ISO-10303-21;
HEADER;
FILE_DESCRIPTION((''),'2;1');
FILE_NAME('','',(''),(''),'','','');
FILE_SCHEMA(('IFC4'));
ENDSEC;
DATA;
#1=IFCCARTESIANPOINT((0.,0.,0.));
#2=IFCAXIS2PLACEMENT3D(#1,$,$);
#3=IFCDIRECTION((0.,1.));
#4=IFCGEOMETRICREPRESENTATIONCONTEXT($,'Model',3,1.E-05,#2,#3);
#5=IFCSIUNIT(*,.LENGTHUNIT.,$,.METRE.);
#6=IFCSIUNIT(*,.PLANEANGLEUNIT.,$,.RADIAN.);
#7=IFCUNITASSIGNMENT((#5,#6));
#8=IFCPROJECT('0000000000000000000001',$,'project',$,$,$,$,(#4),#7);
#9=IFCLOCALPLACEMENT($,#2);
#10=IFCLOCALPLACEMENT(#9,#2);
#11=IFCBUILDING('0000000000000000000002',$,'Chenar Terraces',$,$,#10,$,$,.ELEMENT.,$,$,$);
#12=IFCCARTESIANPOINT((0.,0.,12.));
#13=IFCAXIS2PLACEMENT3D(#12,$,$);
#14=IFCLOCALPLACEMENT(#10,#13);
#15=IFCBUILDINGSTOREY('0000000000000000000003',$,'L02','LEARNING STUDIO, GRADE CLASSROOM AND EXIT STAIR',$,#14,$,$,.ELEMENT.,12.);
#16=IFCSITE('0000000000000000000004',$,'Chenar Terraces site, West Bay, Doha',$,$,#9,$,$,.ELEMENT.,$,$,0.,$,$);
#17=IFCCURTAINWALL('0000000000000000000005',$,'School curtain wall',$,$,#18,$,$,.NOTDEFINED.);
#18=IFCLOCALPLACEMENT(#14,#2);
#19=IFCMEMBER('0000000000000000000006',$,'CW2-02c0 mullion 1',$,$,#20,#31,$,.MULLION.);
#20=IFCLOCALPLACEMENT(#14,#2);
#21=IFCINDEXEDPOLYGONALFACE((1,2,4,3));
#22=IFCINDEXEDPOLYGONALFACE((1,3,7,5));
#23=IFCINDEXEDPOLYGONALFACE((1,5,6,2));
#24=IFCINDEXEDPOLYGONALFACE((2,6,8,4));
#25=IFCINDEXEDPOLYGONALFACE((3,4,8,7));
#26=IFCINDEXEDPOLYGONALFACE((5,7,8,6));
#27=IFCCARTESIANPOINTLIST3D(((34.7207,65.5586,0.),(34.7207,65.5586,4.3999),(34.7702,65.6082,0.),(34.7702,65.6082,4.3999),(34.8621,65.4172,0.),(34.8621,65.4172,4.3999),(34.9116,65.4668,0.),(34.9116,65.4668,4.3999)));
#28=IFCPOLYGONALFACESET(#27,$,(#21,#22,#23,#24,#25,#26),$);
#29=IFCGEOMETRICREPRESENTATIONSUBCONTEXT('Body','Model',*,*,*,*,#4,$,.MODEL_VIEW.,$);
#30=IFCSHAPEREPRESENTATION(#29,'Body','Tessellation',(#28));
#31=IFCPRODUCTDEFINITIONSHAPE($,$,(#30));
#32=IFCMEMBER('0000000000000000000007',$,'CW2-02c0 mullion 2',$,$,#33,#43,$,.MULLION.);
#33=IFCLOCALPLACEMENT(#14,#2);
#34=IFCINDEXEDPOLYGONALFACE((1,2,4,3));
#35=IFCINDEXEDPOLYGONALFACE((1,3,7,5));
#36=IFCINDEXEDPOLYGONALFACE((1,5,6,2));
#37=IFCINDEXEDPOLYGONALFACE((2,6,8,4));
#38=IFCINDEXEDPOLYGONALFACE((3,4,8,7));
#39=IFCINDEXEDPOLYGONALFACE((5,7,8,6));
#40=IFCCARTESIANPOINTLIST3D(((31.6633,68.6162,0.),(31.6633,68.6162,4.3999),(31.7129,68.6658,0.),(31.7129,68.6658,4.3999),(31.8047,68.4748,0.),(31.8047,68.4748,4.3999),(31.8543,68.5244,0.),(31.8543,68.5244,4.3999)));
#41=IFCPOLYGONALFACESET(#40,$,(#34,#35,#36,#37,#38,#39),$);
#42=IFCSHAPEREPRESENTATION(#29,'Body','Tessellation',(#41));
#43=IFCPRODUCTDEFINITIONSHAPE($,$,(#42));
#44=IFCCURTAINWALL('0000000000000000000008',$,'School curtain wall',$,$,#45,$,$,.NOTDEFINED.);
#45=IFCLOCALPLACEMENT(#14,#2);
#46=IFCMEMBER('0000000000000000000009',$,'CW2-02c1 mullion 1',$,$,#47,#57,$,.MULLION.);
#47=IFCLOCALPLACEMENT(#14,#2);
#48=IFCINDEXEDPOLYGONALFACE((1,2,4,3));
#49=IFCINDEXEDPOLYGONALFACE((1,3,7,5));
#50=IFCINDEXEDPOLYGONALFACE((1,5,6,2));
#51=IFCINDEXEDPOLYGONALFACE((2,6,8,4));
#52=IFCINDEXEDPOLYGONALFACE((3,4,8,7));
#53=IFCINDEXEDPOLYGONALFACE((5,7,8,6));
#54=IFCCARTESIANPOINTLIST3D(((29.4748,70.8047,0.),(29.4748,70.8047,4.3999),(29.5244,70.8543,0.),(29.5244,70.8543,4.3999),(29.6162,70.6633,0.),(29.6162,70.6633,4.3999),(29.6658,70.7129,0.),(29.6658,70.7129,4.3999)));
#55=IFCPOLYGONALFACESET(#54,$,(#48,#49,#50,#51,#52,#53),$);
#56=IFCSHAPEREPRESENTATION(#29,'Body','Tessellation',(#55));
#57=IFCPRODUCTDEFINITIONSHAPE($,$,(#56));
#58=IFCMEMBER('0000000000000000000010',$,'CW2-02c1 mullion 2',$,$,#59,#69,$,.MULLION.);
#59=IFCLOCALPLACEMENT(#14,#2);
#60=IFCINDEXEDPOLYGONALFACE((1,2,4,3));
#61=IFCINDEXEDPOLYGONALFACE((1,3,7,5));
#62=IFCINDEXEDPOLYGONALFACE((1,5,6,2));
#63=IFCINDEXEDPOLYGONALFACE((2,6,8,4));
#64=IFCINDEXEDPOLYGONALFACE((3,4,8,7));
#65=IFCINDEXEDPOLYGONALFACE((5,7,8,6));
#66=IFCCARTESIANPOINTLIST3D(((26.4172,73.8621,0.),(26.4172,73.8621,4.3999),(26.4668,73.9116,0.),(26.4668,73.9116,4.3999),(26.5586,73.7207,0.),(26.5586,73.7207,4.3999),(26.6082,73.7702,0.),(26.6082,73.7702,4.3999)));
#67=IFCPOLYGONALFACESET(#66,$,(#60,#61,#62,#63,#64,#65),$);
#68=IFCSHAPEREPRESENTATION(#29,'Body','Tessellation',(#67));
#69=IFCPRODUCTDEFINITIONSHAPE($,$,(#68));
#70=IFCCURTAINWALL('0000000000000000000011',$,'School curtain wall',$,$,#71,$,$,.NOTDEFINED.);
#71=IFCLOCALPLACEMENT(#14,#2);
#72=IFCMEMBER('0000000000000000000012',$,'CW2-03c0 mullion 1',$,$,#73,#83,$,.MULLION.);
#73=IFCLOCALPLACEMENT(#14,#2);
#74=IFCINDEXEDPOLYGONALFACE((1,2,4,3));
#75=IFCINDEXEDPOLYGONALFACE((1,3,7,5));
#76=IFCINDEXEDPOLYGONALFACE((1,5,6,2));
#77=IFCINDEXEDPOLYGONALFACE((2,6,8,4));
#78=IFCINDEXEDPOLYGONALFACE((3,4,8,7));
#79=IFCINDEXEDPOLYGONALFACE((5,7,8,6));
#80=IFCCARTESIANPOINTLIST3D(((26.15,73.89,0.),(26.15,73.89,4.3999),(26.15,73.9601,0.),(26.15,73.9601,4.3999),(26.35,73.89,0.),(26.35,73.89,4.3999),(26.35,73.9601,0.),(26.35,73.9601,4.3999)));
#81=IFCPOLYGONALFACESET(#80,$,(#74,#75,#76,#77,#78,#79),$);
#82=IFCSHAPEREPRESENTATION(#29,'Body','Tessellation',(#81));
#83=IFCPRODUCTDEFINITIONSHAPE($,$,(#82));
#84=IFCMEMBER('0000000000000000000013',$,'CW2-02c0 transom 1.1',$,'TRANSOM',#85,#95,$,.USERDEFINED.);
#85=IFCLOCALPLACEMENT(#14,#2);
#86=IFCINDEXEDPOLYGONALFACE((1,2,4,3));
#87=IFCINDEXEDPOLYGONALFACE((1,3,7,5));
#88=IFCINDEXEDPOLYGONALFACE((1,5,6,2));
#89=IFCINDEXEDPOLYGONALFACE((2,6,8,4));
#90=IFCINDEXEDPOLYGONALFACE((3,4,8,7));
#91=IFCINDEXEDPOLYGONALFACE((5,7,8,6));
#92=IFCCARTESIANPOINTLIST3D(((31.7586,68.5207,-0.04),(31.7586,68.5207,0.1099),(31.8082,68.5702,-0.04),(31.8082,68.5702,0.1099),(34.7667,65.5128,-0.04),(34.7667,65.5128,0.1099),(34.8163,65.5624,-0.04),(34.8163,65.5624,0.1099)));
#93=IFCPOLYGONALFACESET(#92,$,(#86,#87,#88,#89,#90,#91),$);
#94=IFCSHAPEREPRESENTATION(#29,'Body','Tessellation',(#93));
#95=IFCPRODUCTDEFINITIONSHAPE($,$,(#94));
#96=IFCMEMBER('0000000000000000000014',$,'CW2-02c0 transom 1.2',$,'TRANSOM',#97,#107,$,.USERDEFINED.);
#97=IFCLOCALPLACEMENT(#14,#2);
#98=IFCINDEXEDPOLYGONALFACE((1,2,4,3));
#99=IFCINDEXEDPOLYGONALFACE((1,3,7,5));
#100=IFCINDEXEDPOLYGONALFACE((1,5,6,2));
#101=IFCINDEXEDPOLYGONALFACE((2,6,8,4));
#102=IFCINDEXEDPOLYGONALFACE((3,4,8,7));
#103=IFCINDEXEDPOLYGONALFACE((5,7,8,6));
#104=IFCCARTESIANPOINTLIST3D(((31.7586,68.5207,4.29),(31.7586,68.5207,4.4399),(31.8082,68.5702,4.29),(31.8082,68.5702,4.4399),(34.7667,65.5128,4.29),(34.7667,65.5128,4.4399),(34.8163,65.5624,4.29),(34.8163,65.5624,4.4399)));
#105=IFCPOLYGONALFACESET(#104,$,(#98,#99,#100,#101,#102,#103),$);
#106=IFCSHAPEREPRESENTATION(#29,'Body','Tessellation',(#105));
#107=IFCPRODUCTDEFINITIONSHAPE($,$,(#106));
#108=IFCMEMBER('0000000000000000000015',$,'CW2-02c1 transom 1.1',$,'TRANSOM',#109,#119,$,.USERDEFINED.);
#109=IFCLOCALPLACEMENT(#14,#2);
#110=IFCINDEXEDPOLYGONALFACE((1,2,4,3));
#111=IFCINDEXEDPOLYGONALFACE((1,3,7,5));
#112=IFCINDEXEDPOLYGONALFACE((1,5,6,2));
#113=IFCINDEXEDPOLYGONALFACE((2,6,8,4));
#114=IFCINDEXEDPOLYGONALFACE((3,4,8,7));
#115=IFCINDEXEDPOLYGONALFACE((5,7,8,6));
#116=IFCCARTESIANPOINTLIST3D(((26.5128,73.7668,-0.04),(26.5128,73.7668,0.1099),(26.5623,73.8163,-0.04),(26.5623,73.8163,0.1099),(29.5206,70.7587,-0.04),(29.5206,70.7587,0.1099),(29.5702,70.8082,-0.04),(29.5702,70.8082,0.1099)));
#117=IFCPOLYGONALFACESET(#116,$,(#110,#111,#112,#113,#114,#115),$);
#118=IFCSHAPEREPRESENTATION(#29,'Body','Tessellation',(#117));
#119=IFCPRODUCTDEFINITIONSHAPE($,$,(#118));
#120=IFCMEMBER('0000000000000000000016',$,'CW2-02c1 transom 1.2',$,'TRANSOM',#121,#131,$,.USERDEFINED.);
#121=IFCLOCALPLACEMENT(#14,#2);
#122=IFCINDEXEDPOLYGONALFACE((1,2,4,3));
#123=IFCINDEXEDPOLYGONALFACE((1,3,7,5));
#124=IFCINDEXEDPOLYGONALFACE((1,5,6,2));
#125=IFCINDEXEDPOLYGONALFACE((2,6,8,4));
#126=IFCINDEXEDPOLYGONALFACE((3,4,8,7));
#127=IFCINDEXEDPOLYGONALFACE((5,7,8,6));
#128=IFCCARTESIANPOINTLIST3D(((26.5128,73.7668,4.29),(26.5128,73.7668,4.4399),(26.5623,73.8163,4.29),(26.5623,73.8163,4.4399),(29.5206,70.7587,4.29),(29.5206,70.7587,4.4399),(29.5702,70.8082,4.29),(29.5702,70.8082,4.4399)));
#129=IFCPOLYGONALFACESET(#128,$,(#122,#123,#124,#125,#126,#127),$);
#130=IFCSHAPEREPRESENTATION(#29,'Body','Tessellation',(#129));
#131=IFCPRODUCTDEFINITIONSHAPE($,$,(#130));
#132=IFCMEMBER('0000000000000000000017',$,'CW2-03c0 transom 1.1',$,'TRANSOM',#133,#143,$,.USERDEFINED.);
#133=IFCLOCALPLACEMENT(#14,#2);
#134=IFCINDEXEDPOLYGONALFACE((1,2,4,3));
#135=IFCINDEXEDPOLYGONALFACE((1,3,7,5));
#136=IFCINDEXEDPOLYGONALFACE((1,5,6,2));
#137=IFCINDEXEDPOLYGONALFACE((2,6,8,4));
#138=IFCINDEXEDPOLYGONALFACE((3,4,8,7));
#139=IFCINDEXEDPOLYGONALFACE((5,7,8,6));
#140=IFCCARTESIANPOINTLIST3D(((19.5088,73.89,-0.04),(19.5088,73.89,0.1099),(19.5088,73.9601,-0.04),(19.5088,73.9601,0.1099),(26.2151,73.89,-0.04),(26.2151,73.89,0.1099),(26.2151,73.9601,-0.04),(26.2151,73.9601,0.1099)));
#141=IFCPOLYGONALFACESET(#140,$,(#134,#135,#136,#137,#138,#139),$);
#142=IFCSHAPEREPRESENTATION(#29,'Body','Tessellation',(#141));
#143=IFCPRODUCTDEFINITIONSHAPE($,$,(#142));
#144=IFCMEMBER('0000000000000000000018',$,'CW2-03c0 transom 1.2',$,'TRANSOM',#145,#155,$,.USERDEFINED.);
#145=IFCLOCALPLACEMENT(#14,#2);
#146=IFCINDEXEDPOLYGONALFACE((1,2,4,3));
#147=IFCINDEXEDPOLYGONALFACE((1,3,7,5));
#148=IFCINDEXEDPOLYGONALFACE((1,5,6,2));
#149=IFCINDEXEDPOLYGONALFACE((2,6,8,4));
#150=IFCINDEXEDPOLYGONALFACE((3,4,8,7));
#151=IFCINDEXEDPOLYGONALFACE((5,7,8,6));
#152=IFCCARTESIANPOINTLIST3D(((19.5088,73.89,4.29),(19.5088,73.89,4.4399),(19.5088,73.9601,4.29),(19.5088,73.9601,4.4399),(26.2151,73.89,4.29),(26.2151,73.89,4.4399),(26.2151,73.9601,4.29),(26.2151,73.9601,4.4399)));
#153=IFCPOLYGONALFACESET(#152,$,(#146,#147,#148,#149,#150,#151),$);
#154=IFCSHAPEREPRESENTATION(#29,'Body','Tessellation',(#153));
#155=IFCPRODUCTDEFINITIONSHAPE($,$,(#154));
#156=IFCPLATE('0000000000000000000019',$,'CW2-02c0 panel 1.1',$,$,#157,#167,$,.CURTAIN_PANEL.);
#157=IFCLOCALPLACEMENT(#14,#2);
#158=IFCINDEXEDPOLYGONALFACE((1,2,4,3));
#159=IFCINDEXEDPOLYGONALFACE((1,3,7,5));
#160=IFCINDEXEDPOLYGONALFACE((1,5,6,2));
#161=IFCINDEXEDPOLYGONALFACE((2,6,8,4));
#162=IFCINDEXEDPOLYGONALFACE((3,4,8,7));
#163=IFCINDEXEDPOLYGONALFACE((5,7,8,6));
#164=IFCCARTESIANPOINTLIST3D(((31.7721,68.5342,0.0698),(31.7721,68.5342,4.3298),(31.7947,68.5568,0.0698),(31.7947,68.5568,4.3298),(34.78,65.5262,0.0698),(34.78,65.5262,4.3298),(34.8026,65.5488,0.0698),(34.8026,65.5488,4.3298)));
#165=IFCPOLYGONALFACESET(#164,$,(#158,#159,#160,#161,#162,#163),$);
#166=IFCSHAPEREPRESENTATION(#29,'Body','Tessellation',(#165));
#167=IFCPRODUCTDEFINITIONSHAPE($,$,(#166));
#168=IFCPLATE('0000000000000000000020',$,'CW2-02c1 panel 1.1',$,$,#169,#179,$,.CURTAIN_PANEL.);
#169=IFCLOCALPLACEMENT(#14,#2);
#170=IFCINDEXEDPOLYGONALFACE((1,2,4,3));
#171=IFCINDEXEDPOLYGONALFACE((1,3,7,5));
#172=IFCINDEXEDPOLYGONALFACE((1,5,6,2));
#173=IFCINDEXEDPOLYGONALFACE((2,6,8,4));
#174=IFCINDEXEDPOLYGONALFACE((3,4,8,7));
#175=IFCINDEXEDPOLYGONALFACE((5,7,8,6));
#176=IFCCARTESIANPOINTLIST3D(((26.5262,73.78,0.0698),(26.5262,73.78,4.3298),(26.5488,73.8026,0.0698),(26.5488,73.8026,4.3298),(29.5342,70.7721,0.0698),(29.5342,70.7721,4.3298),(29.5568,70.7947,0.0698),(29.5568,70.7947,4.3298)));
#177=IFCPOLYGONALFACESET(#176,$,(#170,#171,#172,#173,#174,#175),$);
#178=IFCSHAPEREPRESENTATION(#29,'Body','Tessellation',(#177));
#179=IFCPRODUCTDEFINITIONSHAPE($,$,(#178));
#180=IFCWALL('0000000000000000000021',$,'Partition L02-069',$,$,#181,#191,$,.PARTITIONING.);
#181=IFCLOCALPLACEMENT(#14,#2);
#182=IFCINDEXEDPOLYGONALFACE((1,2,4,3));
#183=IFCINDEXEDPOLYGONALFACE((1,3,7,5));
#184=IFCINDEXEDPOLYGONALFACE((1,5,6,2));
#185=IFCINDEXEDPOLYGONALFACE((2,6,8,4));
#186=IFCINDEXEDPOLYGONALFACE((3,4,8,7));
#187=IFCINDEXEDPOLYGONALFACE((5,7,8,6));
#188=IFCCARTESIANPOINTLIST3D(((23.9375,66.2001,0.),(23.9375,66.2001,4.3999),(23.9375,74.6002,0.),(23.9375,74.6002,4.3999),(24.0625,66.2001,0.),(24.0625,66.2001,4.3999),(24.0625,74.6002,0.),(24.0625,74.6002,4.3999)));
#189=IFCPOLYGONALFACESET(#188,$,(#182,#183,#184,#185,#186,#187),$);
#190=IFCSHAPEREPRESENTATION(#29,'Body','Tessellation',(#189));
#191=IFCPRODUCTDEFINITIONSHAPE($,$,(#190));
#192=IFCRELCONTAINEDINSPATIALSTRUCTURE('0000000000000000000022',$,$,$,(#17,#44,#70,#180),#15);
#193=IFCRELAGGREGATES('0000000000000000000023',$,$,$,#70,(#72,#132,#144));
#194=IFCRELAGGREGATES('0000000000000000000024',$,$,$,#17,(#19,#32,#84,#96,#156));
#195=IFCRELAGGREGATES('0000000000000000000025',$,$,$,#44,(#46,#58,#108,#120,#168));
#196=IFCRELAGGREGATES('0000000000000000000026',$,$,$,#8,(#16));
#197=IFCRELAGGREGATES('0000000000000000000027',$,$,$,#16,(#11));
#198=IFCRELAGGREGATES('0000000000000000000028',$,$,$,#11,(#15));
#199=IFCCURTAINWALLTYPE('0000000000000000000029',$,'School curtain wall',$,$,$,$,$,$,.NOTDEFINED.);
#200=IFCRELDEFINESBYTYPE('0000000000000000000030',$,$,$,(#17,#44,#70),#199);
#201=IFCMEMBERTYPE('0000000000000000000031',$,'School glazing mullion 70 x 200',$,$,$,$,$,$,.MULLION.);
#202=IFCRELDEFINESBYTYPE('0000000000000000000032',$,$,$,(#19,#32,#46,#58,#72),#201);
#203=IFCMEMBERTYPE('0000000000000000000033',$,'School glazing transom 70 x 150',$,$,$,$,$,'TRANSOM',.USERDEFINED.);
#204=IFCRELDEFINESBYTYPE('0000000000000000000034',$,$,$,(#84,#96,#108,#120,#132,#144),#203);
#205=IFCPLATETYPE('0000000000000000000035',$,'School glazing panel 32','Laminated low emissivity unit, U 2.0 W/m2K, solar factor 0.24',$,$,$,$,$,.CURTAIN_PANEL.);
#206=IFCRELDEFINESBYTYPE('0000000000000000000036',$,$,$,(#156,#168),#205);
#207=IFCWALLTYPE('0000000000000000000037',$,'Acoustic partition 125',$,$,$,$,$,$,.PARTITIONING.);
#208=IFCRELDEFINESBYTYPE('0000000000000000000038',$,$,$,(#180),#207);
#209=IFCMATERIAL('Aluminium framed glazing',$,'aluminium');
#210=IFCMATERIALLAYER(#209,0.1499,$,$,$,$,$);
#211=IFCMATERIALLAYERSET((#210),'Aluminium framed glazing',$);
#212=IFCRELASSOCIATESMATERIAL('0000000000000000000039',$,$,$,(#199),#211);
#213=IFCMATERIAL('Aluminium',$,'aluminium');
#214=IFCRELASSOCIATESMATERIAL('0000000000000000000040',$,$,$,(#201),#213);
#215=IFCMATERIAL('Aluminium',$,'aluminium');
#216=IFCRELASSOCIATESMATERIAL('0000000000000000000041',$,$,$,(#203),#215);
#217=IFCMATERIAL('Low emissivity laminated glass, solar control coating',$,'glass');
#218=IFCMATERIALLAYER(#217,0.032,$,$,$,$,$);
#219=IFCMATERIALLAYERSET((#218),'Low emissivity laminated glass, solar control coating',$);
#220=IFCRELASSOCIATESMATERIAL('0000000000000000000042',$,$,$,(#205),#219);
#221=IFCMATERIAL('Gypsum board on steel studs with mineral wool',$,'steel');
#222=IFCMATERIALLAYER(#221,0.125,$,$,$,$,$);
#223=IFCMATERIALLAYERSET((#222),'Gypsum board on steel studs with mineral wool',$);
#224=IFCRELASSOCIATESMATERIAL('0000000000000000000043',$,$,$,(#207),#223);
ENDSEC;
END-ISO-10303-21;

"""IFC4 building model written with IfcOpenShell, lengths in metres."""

from ifc_helpers import new_model, si_unit, direction, frame, frame_2d, origin, origin_2d, place, context, subcontext, project, spatial, rectangle, extrude, material, layer, layer_set, material_profile, profile_set, type_object, element, aggregate, save


model = new_model("IFC4")

# Units and contexts
model_context = context("Model", 3, precision=1e-05, world=origin(), true_north=direction((0.0, 1.0)))
body_context = subcontext(model_context, "Body", "Model", "MODEL_VIEW")
ifc_project = project(units=[si_unit("LENGTHUNIT", "METRE"), si_unit("PLANEANGLEUNIT", "RADIAN")], contexts=[model_context])

# Site, building, storey
site_placement = place(None, origin())
site = spatial("IfcSite", under=ifc_project, at=site_placement, Name="Chenar Terraces site, West Bay, Doha", CompositionType="ELEMENT", RefElevation=0.0)
building_placement = place(site_placement, origin())
building = spatial("IfcBuilding", under=site, at=building_placement, Name="Chenar Terraces", CompositionType="ELEMENT")
storey_placement = place(building_placement, frame((0.0, 0.0, 12.0)))
storey = spatial("IfcBuildingStorey", under=building, at=storey_placement, Name="L02", Description="LEARNING STUDIO, GRADE CLASSROOM AND EXIT STAIR", CompositionType="ELEMENT", Elevation=12.0)

# Curtain walls, members
ifc_material_1 = material(Name="Aluminium framed glazing", Category="aluminium")
ifc_layer_1 = layer(ifc_material_1, 0.1499)
ifc_layer_set_1 = layer_set([ifc_layer_1], Name="Aluminium framed glazing")
curtain_wall_type = type_object("IfcCurtainWallType", Name="School curtain wall", PredefinedType="NOTDEFINED", material=ifc_layer_set_1)
placement = place(storey_placement, origin())
curtain_wall_1 = element("IfcCurtainWall", 1, at=placement, inside=storey, type_object=curtain_wall_type, Name="School curtain wall", PredefinedType="NOTDEFINED")
ifc_material_2 = material(Name="Aluminium", Category="aluminium")
ifc_material_profile_1 = material_profile(ifc_material_2, rectangle(XDim=0.0701, YDim=0.2, at=origin_2d()), Name="School glazing mullion 70 x 200")
ifc_profile_set_1 = profile_set([ifc_material_profile_1], Name="Aluminium")
member_type_1 = type_object("IfcMemberType", Name="School glazing mullion 70 x 200", PredefinedType="MULLION", material=ifc_profile_set_1)
member_1_placement = place(storey_placement, frame((34.8162, 65.5127, 0.0), z_axis=(0.0, 0.0, 1.0), x_axis=(-0.707107, -0.707107, 0.0)))
member_1 = element("IfcMember", 2, at=member_1_placement, type_object=member_type_1, Name="CW2-02c0 mullion 1", PredefinedType="MULLION", context=body_context, shape_type="SweptSolid", body=[
    extrude(rectangle(XDim=0.0701, YDim=0.2, at=origin_2d()), origin(), (0.0, 0.0, 1.0), 4.3999),
])
member_2_placement = place(storey_placement, frame((31.7588, 68.5703, 0.0), z_axis=(0.0, 0.0, 1.0), x_axis=(-0.707107, -0.707107, 0.0)))
member_2 = element("IfcMember", 3, at=member_2_placement, type_object=member_type_1, Name="CW2-02c0 mullion 2", PredefinedType="MULLION", context=body_context, shape_type="SweptSolid", body=[
    extrude(rectangle(XDim=0.0701, YDim=0.2, at=origin_2d()), origin(), (0.0, 0.0, 1.0), 4.3999),
])
curtain_wall_2 = element("IfcCurtainWall", 4, at=placement, inside=storey, type_object=curtain_wall_type, Name="School curtain wall", PredefinedType="NOTDEFINED")
member_3_placement = place(storey_placement, frame((29.5703, 70.7588, 0.0), z_axis=(0.0, 0.0, 1.0), x_axis=(-0.707107, -0.707107, 0.0)))
member_3 = element("IfcMember", 5, at=member_3_placement, type_object=member_type_1, Name="CW2-02c1 mullion 1", PredefinedType="MULLION", context=body_context, shape_type="SweptSolid", body=[
    extrude(rectangle(XDim=0.0701, YDim=0.2, at=origin_2d()), origin(), (0.0, 0.0, 1.0), 4.3999),
])
member_4_placement = place(storey_placement, frame((26.5127, 73.8162, 0.0), z_axis=(0.0, 0.0, 1.0), x_axis=(-0.707107, -0.707107, 0.0)))
member_4 = element("IfcMember", 6, at=member_4_placement, type_object=member_type_1, Name="CW2-02c1 mullion 2", PredefinedType="MULLION", context=body_context, shape_type="SweptSolid", body=[
    extrude(rectangle(XDim=0.0701, YDim=0.2, at=origin_2d()), origin(), (0.0, 0.0, 1.0), 4.3999),
])

# Curtain wall, member
curtain_wall_3 = element("IfcCurtainWall", 7, at=placement, inside=storey, type_object=curtain_wall_type, Name="School curtain wall", PredefinedType="NOTDEFINED")
member_5_placement = place(storey_placement, frame((26.25, 73.925, 0.0), z_axis=(0.0, 0.0, 1.0), x_axis=(0.0, -1.0, 0.0)))
member_5 = element("IfcMember", 8, at=member_5_placement, type_object=member_type_1, Name="CW2-03c0 mullion 1", PredefinedType="MULLION", context=body_context, shape_type="SweptSolid", body=[
    extrude(rectangle(XDim=0.0701, YDim=0.2, at=origin_2d()), origin(), (0.0, 0.0, 1.0), 4.3999),
])

# Members
ifc_material_3 = material(Name="Aluminium", Category="aluminium")
ifc_material_profile_2 = material_profile(ifc_material_3, rectangle(XDim=0.0701, YDim=0.1499, at=origin_2d()), Name="School glazing transom 70 x 150")
ifc_profile_set_2 = profile_set([ifc_material_profile_2], Name="Aluminium")
member_type_2 = type_object("IfcMemberType", Name="School glazing transom 70 x 150", ElementType="TRANSOM", PredefinedType="USERDEFINED", material=ifc_profile_set_2)
member_6_placement = place(storey_placement, frame((34.7915, 65.5376, 0.0349), z_axis=(-0.707135, 0.707078, 0.0), x_axis=(-0.707078, -0.707135, 0.0)))
member_6 = element("IfcMember", 9, at=member_6_placement, type_object=member_type_2, Name="CW2-02c0 transom 1.1", ObjectType="TRANSOM", PredefinedType="USERDEFINED", context=body_context, shape_type="SweptSolid", body=[
    extrude(rectangle(XDim=0.0701, YDim=0.1499, at=origin_2d()), origin(), (0.0, 0.0, 1.0), 4.2539),
])
member_7_placement = place(storey_placement, frame((34.7915, 65.5376, 4.365), z_axis=(-0.707135, 0.707078, 0.0), x_axis=(-0.707078, -0.707135, 0.0)))
member_7 = element("IfcMember", 10, at=member_7_placement, type_object=member_type_2, Name="CW2-02c0 transom 1.2", ObjectType="TRANSOM", PredefinedType="USERDEFINED", context=body_context, shape_type="SweptSolid", body=[
    extrude(rectangle(XDim=0.0701, YDim=0.1499, at=origin_2d()), origin(), (0.0, 0.0, 1.0), 4.2539),
])
member_8_placement = place(storey_placement, frame((29.5454, 70.7834, 0.0349), z_axis=(-0.707078, 0.707135, 0.0), x_axis=(-0.707135, -0.707078, 0.0)))
member_8 = element("IfcMember", 11, at=member_8_placement, type_object=member_type_2, Name="CW2-02c1 transom 1.1", ObjectType="TRANSOM", PredefinedType="USERDEFINED", context=body_context, shape_type="SweptSolid", body=[
    extrude(rectangle(XDim=0.0701, YDim=0.1499, at=origin_2d()), origin(), (0.0, 0.0, 1.0), 4.2539),
])
member_9_placement = place(storey_placement, frame((29.5454, 70.7834, 4.365), z_axis=(-0.707078, 0.707135, 0.0), x_axis=(-0.707135, -0.707078, 0.0)))
member_9 = element("IfcMember", 12, at=member_9_placement, type_object=member_type_2, Name="CW2-02c1 transom 1.2", ObjectType="TRANSOM", PredefinedType="USERDEFINED", context=body_context, shape_type="SweptSolid", body=[
    extrude(rectangle(XDim=0.0701, YDim=0.1499, at=origin_2d()), origin(), (0.0, 0.0, 1.0), 4.2539),
])
member_10_placement = place(storey_placement, frame((26.2151, 73.925, 0.0349), z_axis=(-1.0, 0.0, 0.0), x_axis=(0.0, -1.0, 0.0)))
member_10 = element("IfcMember", 13, at=member_10_placement, type_object=member_type_2, Name="CW2-03c0 transom 1.1", ObjectType="TRANSOM", PredefinedType="USERDEFINED", context=body_context, shape_type="SweptSolid", body=[
    extrude(rectangle(XDim=0.0701, YDim=0.1499, at=origin_2d()), origin(), (0.0, 0.0, 1.0), 6.7063),
])
member_11_placement = place(storey_placement, frame((26.2151, 73.925, 4.365), z_axis=(-1.0, 0.0, 0.0), x_axis=(0.0, -1.0, 0.0)))
member_11 = element("IfcMember", 14, at=member_11_placement, type_object=member_type_2, Name="CW2-03c0 transom 1.2", ObjectType="TRANSOM", PredefinedType="USERDEFINED", context=body_context, shape_type="SweptSolid", body=[
    extrude(rectangle(XDim=0.0701, YDim=0.1499, at=origin_2d()), origin(), (0.0, 0.0, 1.0), 6.7063),
])
aggregate(curtain_wall_3, [member_5, member_10, member_11])

# Plates
ifc_material_4 = material(Name="Low emissivity laminated glass, solar control coating", Category="glass")
ifc_layer_2 = layer(ifc_material_4, 0.032)
ifc_layer_set_2 = layer_set([ifc_layer_2], Name="Low emissivity laminated glass, solar control coating")
plate_type = type_object("IfcPlateType", Name="School glazing panel 32", Description="Laminated low emissivity unit, U 2.0 W/m2K, solar factor 0.24", PredefinedType="CURTAIN_PANEL", material=ifc_layer_set_2)
plate_1_placement = place(storey_placement, frame((33.2874, 67.0415, 0.0698), z_axis=(0.0, 0.0, 1.0), x_axis=(-0.707107, 0.707107, 0.0)))
plate_1 = element("IfcPlate", 15, at=plate_1_placement, type_object=plate_type, Name="CW2-02c0 panel 1.1", PredefinedType="CURTAIN_PANEL", context=body_context, shape_type="SweptSolid", body=[
    extrude(rectangle(XDim=4.2539, YDim=0.032, at=origin_2d()), origin(), (0.0, 0.0, 1.0), 4.26),
])
aggregate(curtain_wall_1, [member_1, member_2, member_6, member_7, plate_1])
plate_2_placement = place(storey_placement, frame((28.0415, 72.2874, 0.0698), z_axis=(0.0, 0.0, 1.0), x_axis=(-0.707107, 0.707107, 0.0)))
plate_2 = element("IfcPlate", 16, at=plate_2_placement, type_object=plate_type, Name="CW2-02c1 panel 1.1", PredefinedType="CURTAIN_PANEL", context=body_context, shape_type="SweptSolid", body=[
    extrude(rectangle(XDim=4.2539, YDim=0.032, at=origin_2d()), origin(), (0.0, 0.0, 1.0), 4.26),
])
aggregate(curtain_wall_2, [member_3, member_4, member_8, member_9, plate_2])

# Wall
ifc_material_5 = material(Name="Gypsum board on steel studs with mineral wool", Category="steel")
ifc_layer_3 = layer(ifc_material_5, 0.125)
ifc_layer_set_3 = layer_set([ifc_layer_3], Name="Gypsum board on steel studs with mineral wool")
wall_type_1 = type_object("IfcWallType", Name="Acoustic partition 125", PredefinedType="PARTITIONING", material=ifc_layer_set_3)
wall_1_placement = place(storey_placement, frame((24.0, 66.2, 0.0), z_axis=(0.0, 0.0, 1.0), x_axis=(0.0, 1.0, 0.0)))
element("IfcWall", 17, at=wall_1_placement, inside=storey, type_object=wall_type_1, Name="Partition L02-069", PredefinedType="PARTITIONING", context=body_context, shape_type="SweptSolid", body=[
    extrude(rectangle(XDim=8.4001, YDim=0.125, at=frame_2d((4.2002, 0.0))), origin(), (0.0, 0.0, 1.0), 4.3999),
])

save(model, "model.ifc")
